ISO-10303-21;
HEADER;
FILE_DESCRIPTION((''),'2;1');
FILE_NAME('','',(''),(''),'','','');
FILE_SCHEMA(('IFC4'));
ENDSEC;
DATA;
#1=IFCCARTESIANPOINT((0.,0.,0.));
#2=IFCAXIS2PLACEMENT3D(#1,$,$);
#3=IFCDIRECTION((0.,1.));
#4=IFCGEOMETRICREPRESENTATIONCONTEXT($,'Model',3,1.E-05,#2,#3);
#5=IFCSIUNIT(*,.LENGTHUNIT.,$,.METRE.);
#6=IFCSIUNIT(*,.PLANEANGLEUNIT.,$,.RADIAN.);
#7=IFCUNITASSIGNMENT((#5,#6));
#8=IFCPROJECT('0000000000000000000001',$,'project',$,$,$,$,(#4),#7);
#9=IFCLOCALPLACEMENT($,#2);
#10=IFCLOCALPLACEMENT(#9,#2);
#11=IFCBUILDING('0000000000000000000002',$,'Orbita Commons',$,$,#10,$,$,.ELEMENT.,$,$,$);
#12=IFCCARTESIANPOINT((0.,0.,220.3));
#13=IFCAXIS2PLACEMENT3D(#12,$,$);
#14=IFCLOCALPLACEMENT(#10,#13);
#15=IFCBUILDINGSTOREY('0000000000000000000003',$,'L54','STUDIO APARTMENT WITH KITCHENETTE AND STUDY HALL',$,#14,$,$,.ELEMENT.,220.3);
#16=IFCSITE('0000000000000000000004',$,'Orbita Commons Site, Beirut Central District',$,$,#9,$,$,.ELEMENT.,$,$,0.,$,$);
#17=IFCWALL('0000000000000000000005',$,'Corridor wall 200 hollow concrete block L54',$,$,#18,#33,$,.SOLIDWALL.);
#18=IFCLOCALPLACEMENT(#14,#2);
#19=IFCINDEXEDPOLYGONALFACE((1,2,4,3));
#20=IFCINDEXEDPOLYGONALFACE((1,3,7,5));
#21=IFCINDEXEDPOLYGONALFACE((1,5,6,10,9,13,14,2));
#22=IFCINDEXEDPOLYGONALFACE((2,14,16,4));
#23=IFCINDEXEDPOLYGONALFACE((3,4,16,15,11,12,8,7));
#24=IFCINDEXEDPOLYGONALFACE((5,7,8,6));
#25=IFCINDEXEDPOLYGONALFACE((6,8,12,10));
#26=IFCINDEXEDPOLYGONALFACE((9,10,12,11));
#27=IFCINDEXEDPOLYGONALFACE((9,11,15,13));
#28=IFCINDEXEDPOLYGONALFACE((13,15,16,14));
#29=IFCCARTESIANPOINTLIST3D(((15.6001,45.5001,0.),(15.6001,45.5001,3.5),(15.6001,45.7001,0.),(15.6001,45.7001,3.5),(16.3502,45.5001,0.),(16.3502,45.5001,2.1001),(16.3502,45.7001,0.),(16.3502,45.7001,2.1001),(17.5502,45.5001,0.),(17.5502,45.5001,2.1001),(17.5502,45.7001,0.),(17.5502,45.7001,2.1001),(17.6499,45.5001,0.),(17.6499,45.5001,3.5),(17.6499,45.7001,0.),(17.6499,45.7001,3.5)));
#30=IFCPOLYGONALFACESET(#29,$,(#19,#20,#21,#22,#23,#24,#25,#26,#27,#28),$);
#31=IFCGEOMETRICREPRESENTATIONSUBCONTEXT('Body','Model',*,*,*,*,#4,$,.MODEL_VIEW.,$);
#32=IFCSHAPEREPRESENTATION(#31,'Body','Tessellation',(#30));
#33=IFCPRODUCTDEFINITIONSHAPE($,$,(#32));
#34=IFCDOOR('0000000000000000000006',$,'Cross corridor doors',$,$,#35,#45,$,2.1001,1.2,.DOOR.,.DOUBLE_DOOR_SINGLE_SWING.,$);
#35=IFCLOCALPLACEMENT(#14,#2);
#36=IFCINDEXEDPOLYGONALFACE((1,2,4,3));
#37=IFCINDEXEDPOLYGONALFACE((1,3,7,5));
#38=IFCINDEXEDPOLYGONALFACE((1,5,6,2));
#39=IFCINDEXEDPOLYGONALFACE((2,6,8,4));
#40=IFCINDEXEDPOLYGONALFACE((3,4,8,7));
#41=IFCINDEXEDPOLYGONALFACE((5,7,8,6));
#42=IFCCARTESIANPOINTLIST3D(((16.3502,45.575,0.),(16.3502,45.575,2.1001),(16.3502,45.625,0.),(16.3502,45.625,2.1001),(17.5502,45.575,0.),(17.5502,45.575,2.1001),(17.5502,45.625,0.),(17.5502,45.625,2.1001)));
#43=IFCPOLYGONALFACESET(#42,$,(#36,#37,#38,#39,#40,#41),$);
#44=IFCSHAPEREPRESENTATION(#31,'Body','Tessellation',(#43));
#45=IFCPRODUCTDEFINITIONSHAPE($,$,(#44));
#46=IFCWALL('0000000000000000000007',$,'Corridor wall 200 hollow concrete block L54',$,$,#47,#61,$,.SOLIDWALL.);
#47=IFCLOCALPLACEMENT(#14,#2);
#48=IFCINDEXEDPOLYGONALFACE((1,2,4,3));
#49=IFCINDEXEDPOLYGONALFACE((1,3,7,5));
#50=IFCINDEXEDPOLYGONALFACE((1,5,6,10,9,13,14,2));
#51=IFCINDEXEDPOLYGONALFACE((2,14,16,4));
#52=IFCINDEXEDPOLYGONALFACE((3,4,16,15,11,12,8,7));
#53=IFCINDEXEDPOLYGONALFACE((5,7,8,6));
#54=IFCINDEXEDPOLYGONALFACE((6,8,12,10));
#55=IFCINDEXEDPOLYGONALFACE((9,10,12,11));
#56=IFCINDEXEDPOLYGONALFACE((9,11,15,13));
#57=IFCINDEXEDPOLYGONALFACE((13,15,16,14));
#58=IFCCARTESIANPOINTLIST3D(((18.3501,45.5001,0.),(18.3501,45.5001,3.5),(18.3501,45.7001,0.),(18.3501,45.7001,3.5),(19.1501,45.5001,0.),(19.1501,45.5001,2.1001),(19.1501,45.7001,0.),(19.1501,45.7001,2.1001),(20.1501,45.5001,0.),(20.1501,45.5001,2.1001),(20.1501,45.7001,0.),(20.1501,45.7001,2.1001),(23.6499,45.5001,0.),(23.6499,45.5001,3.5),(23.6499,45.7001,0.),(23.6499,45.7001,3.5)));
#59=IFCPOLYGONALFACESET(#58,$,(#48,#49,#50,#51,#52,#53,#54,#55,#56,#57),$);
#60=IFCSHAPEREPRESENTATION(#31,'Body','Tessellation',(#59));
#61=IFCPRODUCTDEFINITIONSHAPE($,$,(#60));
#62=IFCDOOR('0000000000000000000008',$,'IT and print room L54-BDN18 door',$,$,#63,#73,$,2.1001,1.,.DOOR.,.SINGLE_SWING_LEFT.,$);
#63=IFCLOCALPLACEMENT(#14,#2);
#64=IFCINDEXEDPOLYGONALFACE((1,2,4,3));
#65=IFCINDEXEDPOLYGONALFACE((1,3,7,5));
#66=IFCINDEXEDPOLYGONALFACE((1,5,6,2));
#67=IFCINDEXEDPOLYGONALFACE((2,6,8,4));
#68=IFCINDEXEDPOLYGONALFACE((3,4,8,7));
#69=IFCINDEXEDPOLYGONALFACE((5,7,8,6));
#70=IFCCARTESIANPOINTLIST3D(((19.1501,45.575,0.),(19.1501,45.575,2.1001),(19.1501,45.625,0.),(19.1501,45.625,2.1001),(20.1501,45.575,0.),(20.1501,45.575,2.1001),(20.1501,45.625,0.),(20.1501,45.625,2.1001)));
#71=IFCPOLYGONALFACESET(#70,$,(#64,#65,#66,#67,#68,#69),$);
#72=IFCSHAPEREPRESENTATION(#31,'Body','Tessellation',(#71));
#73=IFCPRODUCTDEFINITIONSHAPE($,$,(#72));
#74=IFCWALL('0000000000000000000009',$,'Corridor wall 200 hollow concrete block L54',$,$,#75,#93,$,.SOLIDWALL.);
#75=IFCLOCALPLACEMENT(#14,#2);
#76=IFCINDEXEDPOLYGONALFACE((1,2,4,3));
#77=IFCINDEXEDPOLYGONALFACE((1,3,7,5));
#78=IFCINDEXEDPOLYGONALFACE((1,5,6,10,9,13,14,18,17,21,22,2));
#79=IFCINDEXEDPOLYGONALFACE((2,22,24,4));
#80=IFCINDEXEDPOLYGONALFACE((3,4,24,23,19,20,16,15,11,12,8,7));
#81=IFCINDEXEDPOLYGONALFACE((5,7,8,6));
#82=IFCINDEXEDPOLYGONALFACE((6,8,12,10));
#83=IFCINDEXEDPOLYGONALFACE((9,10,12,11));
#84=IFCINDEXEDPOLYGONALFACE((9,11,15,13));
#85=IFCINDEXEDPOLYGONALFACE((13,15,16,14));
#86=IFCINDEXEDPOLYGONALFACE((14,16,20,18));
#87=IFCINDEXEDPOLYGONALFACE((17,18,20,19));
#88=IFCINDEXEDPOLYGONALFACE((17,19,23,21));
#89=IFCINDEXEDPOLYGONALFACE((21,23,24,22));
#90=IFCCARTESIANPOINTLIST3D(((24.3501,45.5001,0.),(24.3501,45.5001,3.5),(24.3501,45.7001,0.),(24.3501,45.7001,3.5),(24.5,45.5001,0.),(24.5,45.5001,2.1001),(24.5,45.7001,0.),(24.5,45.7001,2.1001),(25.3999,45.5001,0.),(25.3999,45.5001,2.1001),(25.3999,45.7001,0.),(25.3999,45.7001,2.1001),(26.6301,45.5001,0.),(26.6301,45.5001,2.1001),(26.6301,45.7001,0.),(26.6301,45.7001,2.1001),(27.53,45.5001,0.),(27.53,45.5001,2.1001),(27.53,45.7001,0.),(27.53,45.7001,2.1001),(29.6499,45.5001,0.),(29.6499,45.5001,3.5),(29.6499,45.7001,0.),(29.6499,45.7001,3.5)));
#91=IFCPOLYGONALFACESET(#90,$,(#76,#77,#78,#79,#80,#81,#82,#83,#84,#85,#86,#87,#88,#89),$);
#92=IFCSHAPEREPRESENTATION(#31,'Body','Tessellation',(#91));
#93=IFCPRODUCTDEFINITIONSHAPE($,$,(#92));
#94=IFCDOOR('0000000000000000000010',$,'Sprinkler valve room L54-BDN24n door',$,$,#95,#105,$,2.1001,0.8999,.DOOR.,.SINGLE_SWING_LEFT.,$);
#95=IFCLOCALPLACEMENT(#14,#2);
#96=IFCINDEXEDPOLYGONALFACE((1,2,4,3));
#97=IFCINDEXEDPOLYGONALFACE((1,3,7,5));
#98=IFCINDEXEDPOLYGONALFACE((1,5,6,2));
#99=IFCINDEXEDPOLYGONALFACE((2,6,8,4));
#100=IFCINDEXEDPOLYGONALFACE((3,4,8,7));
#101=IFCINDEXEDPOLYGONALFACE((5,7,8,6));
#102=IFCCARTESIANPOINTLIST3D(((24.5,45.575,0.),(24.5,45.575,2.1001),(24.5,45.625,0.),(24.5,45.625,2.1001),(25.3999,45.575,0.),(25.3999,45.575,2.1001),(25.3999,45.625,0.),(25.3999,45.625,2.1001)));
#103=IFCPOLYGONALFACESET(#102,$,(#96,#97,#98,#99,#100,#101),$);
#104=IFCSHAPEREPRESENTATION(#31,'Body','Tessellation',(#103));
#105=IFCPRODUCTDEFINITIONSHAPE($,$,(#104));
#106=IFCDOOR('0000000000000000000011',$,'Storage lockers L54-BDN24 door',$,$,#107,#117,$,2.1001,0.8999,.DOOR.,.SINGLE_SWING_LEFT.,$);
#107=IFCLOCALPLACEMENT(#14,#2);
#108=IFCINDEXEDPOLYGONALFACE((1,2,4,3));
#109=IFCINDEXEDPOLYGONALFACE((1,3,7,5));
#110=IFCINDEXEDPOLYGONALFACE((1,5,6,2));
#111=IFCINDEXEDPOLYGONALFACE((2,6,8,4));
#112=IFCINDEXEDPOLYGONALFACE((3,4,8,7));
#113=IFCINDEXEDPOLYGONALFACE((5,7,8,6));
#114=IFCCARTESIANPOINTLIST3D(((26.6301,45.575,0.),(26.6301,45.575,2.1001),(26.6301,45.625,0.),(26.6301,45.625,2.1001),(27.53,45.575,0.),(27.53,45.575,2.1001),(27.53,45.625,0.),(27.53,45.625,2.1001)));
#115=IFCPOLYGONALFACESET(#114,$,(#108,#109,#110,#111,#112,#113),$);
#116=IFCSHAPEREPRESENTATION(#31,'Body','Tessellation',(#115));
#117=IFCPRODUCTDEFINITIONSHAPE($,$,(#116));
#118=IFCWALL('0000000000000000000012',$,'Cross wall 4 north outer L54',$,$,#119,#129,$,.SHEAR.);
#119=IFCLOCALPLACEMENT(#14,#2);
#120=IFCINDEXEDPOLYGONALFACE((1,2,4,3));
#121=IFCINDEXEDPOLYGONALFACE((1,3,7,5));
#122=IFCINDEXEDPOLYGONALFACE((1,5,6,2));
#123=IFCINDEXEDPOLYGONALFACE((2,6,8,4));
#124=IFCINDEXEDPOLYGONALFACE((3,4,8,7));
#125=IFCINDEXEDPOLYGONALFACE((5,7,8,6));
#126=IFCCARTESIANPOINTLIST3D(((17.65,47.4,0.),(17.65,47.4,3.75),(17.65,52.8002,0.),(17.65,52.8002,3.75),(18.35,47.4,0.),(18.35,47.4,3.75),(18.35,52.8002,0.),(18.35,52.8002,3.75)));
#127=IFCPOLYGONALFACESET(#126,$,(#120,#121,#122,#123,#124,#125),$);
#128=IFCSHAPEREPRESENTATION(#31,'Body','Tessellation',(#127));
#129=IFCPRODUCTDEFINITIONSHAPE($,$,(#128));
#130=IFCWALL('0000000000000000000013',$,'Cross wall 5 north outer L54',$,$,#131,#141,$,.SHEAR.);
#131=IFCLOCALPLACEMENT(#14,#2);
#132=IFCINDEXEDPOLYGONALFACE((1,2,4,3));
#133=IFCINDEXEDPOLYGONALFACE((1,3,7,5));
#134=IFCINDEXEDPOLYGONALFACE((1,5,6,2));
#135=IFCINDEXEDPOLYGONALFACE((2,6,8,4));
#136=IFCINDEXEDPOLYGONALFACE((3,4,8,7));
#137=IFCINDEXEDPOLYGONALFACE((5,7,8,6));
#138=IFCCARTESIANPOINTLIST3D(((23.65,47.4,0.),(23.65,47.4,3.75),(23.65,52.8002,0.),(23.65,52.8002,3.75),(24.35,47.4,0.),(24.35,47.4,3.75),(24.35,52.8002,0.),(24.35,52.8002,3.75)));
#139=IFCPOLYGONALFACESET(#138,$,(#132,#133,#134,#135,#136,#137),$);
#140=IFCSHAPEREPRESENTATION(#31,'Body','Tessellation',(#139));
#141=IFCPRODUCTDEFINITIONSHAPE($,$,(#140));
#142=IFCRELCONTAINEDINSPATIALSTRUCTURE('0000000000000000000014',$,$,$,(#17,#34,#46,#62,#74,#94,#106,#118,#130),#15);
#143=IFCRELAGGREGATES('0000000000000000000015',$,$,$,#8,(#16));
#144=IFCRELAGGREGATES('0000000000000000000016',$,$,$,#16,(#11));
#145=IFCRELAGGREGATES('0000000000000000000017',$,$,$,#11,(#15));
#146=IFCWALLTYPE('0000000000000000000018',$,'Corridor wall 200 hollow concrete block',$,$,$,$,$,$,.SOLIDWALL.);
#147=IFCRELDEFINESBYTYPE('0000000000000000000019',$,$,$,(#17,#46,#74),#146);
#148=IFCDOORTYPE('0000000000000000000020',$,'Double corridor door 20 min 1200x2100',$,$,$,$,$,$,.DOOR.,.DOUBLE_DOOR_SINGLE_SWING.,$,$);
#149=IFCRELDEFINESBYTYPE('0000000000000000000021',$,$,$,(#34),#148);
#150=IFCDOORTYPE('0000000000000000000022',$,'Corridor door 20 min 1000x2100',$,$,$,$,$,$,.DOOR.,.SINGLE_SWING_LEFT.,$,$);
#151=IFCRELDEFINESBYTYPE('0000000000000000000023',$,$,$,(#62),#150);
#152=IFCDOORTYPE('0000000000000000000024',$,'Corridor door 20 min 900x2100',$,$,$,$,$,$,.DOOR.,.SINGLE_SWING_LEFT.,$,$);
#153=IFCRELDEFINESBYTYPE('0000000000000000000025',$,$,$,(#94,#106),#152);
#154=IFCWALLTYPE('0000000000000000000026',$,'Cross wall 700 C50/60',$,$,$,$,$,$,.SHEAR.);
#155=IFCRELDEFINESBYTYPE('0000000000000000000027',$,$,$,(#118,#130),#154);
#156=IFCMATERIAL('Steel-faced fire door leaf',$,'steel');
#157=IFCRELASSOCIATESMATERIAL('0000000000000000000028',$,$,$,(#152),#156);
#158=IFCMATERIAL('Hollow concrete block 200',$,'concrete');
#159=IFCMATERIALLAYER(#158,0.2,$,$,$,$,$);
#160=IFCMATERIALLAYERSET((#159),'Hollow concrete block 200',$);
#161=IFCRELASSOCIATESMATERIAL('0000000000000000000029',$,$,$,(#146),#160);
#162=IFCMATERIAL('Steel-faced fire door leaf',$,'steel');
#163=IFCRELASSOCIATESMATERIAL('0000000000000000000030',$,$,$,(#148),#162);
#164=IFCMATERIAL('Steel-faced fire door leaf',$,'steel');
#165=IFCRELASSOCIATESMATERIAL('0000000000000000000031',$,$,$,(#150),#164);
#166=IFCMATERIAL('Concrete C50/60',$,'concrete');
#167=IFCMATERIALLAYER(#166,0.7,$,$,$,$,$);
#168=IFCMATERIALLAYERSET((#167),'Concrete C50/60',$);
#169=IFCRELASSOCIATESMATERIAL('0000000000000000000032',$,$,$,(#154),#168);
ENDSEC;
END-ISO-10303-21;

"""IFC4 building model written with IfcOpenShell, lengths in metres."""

from ifc_helpers import new_model, si_unit, direction, frame, frame_2d, origin, place, context, subcontext, project, spatial, rectangle, extrude, material, layer, layer_set, type_object, element, fill, save


model = new_model("IFC4")

# Units and contexts
model_context = context("Model", 3, precision=1e-05, world=origin(), true_north=direction((0.0, 1.0)))
body_context = subcontext(model_context, "Body", "Model", "MODEL_VIEW")
ifc_project = project(units=[si_unit("LENGTHUNIT", "METRE"), si_unit("PLANEANGLEUNIT", "RADIAN")], contexts=[model_context])

# Site, building, storey
site_placement = place(None, origin())
site = spatial("IfcSite", under=ifc_project, at=site_placement, Name="Orbita Commons Site, Beirut Central District", CompositionType="ELEMENT", RefElevation=0.0)
building_placement = place(site_placement, origin())
building = spatial("IfcBuilding", under=site, at=building_placement, Name="Orbita Commons", CompositionType="ELEMENT")
storey_placement = place(building_placement, frame((0.0, 0.0, 220.3)))
storey = spatial("IfcBuildingStorey", under=building, at=storey_placement, Name="L54", Description="STUDIO APARTMENT WITH KITCHENETTE AND STUDY HALL", CompositionType="ELEMENT", Elevation=220.3)

# Walls, openings, doors
ifc_material_1 = material(Name="Steel-faced fire door leaf", Category="steel")
door_type_1 = type_object("IfcDoorType", Name="Corridor door 20 min 900x2100", OperationType="SINGLE_SWING_LEFT", PredefinedType="DOOR", material=ifc_material_1)
ifc_material_2 = material(Name="Hollow concrete block 200", Category="concrete")
ifc_layer_1 = layer(ifc_material_2, 0.2)
ifc_layer_set_1 = layer_set([ifc_layer_1], Name="Hollow concrete block 200")
wall_type_1 = type_object("IfcWallType", Name="Corridor wall 200 hollow concrete block", PredefinedType="SOLIDWALL", material=ifc_layer_set_1)
wall_1_placement = place(storey_placement, frame((15.6001, 45.6001, 0.0), z_axis=(0.0, 0.0, 1.0), x_axis=(1.0, 0.0, 0.0)))
wall_1 = element("IfcWall", 1, at=wall_1_placement, inside=storey, type_object=wall_type_1, Name="Corridor wall 200 hollow concrete block L54", PredefinedType="SOLIDWALL", context=body_context, shape_type="SweptSolid", body=[
    extrude(rectangle(XDim=2.0498, YDim=0.2, at=frame_2d((1.0249, 0.0))), origin(), (0.0, 0.0, 1.0), 3.5),
])
opening_1_placement = place(wall_1_placement, frame((0.75, 0.0, 0.0)))
opening_1 = element("IfcOpeningElement", 2, at=opening_1_placement, cuts=wall_1, PredefinedType="OPENING", context=body_context, shape_type="SweptSolid", body=[
    extrude(rectangle(XDim=1.2, YDim=2.1001, at=frame_2d((0.6001, 1.05))), frame((0.0, 0.1099, 0.0), z_axis=(0.0, -1.0, 0.0), x_axis=(1.0, 0.0, 0.0)), (0.0, 0.0, 1.0), 0.22),
])
ifc_material_3 = material(Name="Steel-faced fire door leaf", Category="steel")
door_type_2 = type_object("IfcDoorType", Name="Double corridor door 20 min 1200x2100", OperationType="DOUBLE_DOOR_SINGLE_SWING", PredefinedType="DOOR", material=ifc_material_3)
door_1_placement = place(opening_1_placement, origin())
door_1 = element("IfcDoor", 3, at=door_1_placement, inside=storey, type_object=door_type_2, Name="Cross corridor doors", OperationType="DOUBLE_DOOR_SINGLE_SWING", OverallHeight=2.1001, OverallWidth=1.2, PredefinedType="DOOR", context=body_context, shape_type="SweptSolid", body=[
    extrude(rectangle(XDim=1.2, YDim=2.1001, at=frame_2d((0.6001, 1.05))), frame((0.0, 0.0249, 0.0), z_axis=(0.0, -1.0, 0.0), x_axis=(1.0, 0.0, 0.0)), (0.0, 0.0, 1.0), 0.05),
])
fill(opening_1, door_1)
wall_2_placement = place(storey_placement, frame((18.3501, 45.6001, 0.0), z_axis=(0.0, 0.0, 1.0), x_axis=(1.0, 0.0, 0.0)))
wall_2 = element("IfcWall", 4, at=wall_2_placement, inside=storey, type_object=wall_type_1, Name="Corridor wall 200 hollow concrete block L54", PredefinedType="SOLIDWALL", context=body_context, shape_type="SweptSolid", body=[
    extrude(rectangle(XDim=5.2998, YDim=0.2, at=frame_2d((2.6499, 0.0))), origin(), (0.0, 0.0, 1.0), 3.5),
])
opening_2_placement = place(wall_2_placement, frame((0.8, 0.0, 0.0)))
opening_2 = element("IfcOpeningElement", 5, at=opening_2_placement, cuts=wall_2, PredefinedType="OPENING", context=body_context, shape_type="SweptSolid", body=[
    extrude(rectangle(XDim=1.0, YDim=2.1001, at=frame_2d((0.5, 1.05))), frame((0.0, 0.1099, 0.0), z_axis=(0.0, -1.0, 0.0), x_axis=(1.0, 0.0, 0.0)), (0.0, 0.0, 1.0), 0.22),
])
ifc_material_4 = material(Name="Steel-faced fire door leaf", Category="steel")
door_type_3 = type_object("IfcDoorType", Name="Corridor door 20 min 1000x2100", OperationType="SINGLE_SWING_LEFT", PredefinedType="DOOR", material=ifc_material_4)
door_2_placement = place(opening_2_placement, origin())
door_2 = element("IfcDoor", 6, at=door_2_placement, inside=storey, type_object=door_type_3, Name="IT and print room L54-BDN18 door", OperationType="SINGLE_SWING_LEFT", OverallHeight=2.1001, OverallWidth=1.0, PredefinedType="DOOR", context=body_context, shape_type="SweptSolid", body=[
    extrude(rectangle(XDim=1.0, YDim=2.1001, at=frame_2d((0.5, 1.05))), frame((0.0, 0.0249, 0.0), z_axis=(0.0, -1.0, 0.0), x_axis=(1.0, 0.0, 0.0)), (0.0, 0.0, 1.0), 0.05),
])
fill(opening_2, door_2)

# Wall, openings, doors
wall_3_placement = place(storey_placement, frame((24.3501, 45.6001, 0.0), z_axis=(0.0, 0.0, 1.0), x_axis=(1.0, 0.0, 0.0)))
wall_3 = element("IfcWall", 7, at=wall_3_placement, inside=storey, type_object=wall_type_1, Name="Corridor wall 200 hollow concrete block L54", PredefinedType="SOLIDWALL", context=body_context, shape_type="SweptSolid", body=[
    extrude(rectangle(XDim=5.2998, YDim=0.2, at=frame_2d((2.6499, 0.0))), origin(), (0.0, 0.0, 1.0), 3.5),
])
opening_3_placement = place(wall_3_placement, frame((0.1499, 0.0, 0.0)))
opening_3 = element("IfcOpeningElement", 8, at=opening_3_placement, cuts=wall_3, PredefinedType="OPENING", context=body_context, shape_type="SweptSolid", body=[
    extrude(rectangle(XDim=0.8999, YDim=2.1001, at=frame_2d((0.45, 1.05))), frame((0.0, 0.1099, 0.0), z_axis=(0.0, -1.0, 0.0), x_axis=(1.0, 0.0, 0.0)), (0.0, 0.0, 1.0), 0.22),
])
opening_4_placement = place(wall_3_placement, frame((2.28, 0.0, 0.0)))
opening_4 = element("IfcOpeningElement", 9, at=opening_4_placement, cuts=wall_3, PredefinedType="OPENING", context=body_context, shape_type="SweptSolid", body=[
    extrude(rectangle(XDim=0.8999, YDim=2.1001, at=frame_2d((0.45, 1.05))), frame((0.0, 0.1099, 0.0), z_axis=(0.0, -1.0, 0.0), x_axis=(1.0, 0.0, 0.0)), (0.0, 0.0, 1.0), 0.22),
])
door_3_placement = place(opening_3_placement, origin())
door_3 = element("IfcDoor", 10, at=door_3_placement, inside=storey, type_object=door_type_1, Name="Sprinkler valve room L54-BDN24n door", OperationType="SINGLE_SWING_LEFT", OverallHeight=2.1001, OverallWidth=0.8999, PredefinedType="DOOR", context=body_context, shape_type="SweptSolid", body=[
    extrude(rectangle(XDim=0.8999, YDim=2.1001, at=frame_2d((0.45, 1.05))), frame((0.0, 0.0249, 0.0), z_axis=(0.0, -1.0, 0.0), x_axis=(1.0, 0.0, 0.0)), (0.0, 0.0, 1.0), 0.05),
])
fill(opening_3, door_3)
door_4_placement = place(opening_4_placement, origin())
door_4 = element("IfcDoor", 11, at=door_4_placement, inside=storey, type_object=door_type_1, Name="Storage lockers L54-BDN24 door", OperationType="SINGLE_SWING_LEFT", OverallHeight=2.1001, OverallWidth=0.8999, PredefinedType="DOOR", context=body_context, shape_type="SweptSolid", body=[
    extrude(rectangle(XDim=0.8999, YDim=2.1001, at=frame_2d((0.45, 1.05))), frame((0.0, 0.0249, 0.0), z_axis=(0.0, -1.0, 0.0), x_axis=(1.0, 0.0, 0.0)), (0.0, 0.0, 1.0), 0.05),
])
fill(opening_4, door_4)

# Walls
ifc_material_5 = material(Name="Concrete C50/60", Category="concrete")
ifc_layer_2 = layer(ifc_material_5, 0.7)
ifc_layer_set_2 = layer_set([ifc_layer_2], Name="Concrete C50/60")
wall_type_2 = type_object("IfcWallType", Name="Cross wall 700 C50/60", PredefinedType="SHEAR", material=ifc_layer_set_2)
for number, where, z_axis, x_axis, name in (
    (12, (18.0, 47.3999, 0.0), (0.0, 0.0, 1.0), (0.0, 1.0, 0.0), "Cross wall 4 north outer L54"),
    (13, (24.0, 47.3999, 0.0), (0.0, 0.0, 1.0), (0.0, 1.0, 0.0), "Cross wall 5 north outer L54"),
):
    element("IfcWall", number, at=place(storey_placement, frame(where, z_axis=z_axis, x_axis=x_axis)), inside=storey, type_object=wall_type_2, Name=name, PredefinedType="SHEAR", context=body_context, shape_type="SweptSolid", body=[
        extrude(rectangle(XDim=5.4001, YDim=0.7, at=frame_2d((2.7002, 0.0))), origin(), (0.0, 0.0, 1.0), 3.75),
    ])

save(model, "model.ifc")
